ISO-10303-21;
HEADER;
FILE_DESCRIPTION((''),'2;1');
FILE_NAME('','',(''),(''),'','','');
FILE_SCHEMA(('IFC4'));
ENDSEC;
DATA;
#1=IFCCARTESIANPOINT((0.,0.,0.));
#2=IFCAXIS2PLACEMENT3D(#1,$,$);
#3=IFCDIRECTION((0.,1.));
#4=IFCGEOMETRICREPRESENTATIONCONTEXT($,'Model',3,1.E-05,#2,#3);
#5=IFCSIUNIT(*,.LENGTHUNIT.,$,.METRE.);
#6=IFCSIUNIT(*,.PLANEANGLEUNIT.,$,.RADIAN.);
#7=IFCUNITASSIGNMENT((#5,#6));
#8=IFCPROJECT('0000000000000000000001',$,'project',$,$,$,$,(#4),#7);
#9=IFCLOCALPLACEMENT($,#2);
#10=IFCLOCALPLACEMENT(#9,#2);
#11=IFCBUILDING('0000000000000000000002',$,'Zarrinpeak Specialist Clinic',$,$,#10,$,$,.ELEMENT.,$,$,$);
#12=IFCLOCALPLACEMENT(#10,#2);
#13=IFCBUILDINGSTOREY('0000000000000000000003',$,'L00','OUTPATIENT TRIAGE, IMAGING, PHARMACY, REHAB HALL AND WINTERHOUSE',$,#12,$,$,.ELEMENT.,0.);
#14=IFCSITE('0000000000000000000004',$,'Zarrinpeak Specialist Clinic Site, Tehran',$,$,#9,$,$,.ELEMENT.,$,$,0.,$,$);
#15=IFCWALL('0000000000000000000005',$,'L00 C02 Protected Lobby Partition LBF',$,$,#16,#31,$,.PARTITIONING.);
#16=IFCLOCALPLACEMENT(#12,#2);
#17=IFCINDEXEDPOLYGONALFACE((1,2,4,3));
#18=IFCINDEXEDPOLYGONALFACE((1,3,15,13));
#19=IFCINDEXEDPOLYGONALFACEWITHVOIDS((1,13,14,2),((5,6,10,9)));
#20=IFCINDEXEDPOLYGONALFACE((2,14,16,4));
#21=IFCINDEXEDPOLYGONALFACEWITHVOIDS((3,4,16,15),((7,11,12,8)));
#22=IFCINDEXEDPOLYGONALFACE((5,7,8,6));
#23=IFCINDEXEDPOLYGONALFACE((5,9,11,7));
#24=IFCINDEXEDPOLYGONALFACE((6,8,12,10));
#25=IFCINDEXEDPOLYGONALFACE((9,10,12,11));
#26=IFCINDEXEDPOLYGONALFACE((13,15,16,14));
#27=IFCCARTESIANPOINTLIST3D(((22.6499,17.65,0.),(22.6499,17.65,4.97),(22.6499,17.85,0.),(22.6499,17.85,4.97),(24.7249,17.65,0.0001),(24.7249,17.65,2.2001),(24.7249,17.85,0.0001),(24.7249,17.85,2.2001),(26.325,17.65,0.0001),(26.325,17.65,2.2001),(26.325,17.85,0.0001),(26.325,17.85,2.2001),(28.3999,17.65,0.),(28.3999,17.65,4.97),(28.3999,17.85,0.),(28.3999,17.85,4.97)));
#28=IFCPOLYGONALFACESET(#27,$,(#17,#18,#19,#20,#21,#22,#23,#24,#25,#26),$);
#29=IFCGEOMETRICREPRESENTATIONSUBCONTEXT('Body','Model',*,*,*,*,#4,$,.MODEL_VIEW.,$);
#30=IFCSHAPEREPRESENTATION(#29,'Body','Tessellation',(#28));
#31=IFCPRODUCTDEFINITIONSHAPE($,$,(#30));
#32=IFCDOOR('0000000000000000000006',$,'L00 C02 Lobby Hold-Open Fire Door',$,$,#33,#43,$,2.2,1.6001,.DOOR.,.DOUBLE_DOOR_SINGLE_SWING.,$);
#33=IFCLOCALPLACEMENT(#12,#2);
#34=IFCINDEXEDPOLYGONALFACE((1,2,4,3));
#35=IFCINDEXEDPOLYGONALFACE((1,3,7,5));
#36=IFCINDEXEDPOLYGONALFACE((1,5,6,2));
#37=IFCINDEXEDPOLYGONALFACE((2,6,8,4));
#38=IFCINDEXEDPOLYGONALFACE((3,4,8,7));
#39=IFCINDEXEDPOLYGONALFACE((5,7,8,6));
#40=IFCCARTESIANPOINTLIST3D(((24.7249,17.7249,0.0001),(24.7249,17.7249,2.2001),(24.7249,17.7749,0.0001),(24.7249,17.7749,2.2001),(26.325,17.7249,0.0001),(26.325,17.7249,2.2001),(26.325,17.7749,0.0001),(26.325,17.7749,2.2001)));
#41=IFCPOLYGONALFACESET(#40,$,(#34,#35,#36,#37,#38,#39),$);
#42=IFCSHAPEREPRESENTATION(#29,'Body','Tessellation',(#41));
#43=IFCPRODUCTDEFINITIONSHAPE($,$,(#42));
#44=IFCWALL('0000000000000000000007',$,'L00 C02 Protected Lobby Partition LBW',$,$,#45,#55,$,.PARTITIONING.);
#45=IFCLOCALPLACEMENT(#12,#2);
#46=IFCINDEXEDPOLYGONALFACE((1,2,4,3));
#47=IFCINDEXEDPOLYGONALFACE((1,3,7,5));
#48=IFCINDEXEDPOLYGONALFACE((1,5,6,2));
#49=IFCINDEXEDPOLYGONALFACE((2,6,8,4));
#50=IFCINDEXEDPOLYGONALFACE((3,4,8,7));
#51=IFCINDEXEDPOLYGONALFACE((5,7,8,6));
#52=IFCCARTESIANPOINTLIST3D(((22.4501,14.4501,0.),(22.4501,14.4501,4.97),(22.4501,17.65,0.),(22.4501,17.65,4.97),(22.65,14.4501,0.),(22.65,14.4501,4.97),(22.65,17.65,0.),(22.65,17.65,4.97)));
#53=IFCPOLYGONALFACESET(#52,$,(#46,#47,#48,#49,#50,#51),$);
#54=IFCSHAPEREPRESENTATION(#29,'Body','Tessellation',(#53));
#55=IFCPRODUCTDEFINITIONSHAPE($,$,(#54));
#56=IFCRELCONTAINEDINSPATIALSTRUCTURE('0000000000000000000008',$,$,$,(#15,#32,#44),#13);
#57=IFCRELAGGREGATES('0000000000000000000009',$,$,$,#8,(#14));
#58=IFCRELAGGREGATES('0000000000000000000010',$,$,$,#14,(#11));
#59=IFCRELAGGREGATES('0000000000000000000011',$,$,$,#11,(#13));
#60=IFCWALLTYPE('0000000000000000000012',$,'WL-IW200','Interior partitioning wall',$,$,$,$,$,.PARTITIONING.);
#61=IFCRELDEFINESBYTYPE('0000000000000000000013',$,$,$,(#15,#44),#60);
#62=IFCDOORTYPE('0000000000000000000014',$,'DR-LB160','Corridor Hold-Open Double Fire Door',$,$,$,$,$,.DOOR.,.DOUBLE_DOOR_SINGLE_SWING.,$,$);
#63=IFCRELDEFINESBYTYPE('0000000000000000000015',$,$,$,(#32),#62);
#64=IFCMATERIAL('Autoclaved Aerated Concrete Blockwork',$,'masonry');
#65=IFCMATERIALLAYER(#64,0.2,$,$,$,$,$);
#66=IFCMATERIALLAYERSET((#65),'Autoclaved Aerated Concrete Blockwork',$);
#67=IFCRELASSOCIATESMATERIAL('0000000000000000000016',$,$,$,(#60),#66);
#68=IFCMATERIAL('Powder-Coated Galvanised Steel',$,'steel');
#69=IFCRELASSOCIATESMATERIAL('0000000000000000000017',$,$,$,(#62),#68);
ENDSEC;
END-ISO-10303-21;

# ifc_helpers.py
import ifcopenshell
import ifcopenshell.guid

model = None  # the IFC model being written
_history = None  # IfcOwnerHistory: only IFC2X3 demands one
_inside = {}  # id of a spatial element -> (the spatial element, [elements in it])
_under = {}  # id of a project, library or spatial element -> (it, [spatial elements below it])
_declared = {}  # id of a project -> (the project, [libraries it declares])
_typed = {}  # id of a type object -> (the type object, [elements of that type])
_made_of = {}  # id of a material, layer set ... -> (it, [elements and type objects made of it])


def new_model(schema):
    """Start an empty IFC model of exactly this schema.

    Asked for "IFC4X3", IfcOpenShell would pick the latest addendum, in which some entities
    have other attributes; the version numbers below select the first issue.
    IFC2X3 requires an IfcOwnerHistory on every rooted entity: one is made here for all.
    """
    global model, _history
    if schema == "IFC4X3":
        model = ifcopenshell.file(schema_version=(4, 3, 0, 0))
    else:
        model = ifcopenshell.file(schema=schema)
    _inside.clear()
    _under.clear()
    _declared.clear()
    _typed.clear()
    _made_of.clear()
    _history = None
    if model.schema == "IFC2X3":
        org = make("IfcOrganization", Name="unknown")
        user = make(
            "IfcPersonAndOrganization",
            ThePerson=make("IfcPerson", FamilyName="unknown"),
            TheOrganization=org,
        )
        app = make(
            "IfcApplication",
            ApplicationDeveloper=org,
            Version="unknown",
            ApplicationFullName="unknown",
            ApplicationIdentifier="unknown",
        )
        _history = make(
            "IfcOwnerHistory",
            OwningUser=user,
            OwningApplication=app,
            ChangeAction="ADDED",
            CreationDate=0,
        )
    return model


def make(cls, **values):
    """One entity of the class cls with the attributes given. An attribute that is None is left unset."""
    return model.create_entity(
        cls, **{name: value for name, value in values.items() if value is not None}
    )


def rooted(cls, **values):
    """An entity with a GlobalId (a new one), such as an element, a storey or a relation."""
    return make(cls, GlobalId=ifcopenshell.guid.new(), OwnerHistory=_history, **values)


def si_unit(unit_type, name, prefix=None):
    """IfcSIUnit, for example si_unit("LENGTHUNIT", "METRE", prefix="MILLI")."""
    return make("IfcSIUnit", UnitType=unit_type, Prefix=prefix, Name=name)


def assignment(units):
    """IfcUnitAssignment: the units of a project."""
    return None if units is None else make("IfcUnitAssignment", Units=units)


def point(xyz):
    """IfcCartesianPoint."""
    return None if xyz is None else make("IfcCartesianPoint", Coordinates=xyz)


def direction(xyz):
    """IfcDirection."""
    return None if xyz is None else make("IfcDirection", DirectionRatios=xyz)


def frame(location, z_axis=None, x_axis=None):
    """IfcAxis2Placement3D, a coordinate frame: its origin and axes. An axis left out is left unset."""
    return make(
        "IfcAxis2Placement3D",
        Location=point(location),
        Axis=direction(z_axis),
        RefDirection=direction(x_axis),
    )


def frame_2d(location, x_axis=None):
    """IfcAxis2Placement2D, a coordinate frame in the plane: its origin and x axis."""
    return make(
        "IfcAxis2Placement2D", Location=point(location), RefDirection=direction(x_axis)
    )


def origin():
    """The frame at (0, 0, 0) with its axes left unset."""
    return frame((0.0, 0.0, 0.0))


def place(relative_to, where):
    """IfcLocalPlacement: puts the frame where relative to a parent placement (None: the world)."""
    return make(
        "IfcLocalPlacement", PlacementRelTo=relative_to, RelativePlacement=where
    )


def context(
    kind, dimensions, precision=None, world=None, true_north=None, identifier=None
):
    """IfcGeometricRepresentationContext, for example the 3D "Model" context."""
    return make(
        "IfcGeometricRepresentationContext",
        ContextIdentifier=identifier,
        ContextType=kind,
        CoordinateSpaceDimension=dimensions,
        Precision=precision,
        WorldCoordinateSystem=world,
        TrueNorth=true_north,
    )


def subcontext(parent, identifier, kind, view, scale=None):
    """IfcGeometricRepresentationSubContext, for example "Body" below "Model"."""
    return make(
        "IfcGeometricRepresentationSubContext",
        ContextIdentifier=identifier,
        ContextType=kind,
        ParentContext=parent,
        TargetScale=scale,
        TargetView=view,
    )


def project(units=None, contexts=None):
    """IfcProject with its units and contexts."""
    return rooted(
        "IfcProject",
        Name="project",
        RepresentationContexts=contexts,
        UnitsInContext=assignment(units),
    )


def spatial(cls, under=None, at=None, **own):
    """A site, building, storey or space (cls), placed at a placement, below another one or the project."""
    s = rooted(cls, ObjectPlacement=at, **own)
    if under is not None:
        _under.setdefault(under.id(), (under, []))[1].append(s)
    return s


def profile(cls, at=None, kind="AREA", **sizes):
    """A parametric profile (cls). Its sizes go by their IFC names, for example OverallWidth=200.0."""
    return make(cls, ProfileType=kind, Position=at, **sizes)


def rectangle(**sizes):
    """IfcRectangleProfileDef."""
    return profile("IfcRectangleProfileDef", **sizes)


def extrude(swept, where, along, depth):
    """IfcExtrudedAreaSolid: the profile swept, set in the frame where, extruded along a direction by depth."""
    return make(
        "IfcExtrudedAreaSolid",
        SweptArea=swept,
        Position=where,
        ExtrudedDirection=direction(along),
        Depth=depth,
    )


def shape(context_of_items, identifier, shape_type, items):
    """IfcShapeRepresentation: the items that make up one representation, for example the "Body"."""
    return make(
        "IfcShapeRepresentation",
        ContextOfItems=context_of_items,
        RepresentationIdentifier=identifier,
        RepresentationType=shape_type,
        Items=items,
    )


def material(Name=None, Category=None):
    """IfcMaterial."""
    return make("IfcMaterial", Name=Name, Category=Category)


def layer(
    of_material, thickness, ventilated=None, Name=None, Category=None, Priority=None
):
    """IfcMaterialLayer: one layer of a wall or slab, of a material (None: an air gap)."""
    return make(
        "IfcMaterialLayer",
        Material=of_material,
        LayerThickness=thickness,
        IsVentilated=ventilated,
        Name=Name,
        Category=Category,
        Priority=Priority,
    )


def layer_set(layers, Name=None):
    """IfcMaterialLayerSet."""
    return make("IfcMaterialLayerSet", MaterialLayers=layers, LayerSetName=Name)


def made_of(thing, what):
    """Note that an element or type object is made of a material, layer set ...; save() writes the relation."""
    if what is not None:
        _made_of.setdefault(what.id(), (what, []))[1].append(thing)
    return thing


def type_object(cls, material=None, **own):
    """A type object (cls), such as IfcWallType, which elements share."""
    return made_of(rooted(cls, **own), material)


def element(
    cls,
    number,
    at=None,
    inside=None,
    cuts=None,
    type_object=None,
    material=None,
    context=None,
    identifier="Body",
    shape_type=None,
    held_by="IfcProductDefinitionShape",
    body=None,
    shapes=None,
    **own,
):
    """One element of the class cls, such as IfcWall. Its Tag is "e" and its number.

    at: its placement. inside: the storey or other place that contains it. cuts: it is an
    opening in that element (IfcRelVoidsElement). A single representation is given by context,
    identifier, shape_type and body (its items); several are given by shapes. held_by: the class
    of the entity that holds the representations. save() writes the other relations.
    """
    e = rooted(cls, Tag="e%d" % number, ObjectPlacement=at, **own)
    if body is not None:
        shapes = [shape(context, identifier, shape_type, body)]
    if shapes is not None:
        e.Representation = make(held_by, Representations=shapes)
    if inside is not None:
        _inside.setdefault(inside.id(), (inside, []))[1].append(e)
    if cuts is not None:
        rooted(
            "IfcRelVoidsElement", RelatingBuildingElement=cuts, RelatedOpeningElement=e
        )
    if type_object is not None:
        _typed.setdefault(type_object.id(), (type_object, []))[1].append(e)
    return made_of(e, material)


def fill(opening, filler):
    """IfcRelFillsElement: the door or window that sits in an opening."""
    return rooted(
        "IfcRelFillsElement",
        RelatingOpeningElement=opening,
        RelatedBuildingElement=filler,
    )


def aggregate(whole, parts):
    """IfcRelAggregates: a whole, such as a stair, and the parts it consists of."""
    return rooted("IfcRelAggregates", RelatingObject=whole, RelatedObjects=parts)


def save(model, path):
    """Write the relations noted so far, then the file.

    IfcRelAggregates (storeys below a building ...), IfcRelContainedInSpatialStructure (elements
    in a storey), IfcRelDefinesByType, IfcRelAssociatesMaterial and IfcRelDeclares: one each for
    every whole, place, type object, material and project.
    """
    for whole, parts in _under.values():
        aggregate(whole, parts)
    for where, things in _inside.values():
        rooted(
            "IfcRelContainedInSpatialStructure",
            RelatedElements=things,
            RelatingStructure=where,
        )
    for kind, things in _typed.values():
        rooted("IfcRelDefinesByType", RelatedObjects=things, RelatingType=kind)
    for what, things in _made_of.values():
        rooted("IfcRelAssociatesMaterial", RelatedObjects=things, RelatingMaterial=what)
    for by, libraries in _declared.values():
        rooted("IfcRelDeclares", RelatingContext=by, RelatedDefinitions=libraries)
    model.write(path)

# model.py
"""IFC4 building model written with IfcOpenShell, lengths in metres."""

from ifc_helpers import new_model, si_unit, direction, frame, frame_2d, origin, place, context, subcontext, project, spatial, rectangle, extrude, material, layer, layer_set, type_object, element, fill, save


model = new_model("IFC4")

# Units and contexts
model_context = context("Model", 3, precision=1e-05, world=origin(), true_north=direction((0.0, 1.0)))
body_context = subcontext(model_context, "Body", "Model", "MODEL_VIEW")
ifc_project = project(units=[si_unit("LENGTHUNIT", "METRE"), si_unit("PLANEANGLEUNIT", "RADIAN")], contexts=[model_context])

# Site, building, storey
site_placement = place(None, origin())
site = spatial("IfcSite", under=ifc_project, at=site_placement, Name="Zarrinpeak Specialist Clinic Site, Tehran", CompositionType="ELEMENT", RefElevation=0.0)
building_placement = place(site_placement, origin())
building = spatial("IfcBuilding", under=site, at=building_placement, Name="Zarrinpeak Specialist Clinic", CompositionType="ELEMENT")
storey_placement = place(building_placement, origin())
storey = spatial("IfcBuildingStorey", under=building, at=storey_placement, Name="L00", Description="OUTPATIENT TRIAGE, IMAGING, PHARMACY, REHAB HALL AND WINTERHOUSE", CompositionType="ELEMENT", Elevation=0.0)

# Wall, opening, door
ifc_material_1 = material(Name="Autoclaved Aerated Concrete Blockwork", Category="masonry")
ifc_layer_1 = layer(ifc_material_1, 0.2)
ifc_layer_set_1 = layer_set([ifc_layer_1], Name="Autoclaved Aerated Concrete Blockwork")
wall_type_1 = type_object("IfcWallType", Name="WL-IW200", Description="Interior partitioning wall", PredefinedType="PARTITIONING", material=ifc_layer_set_1)
wall_1_placement = place(storey_placement, frame((22.6499, 17.75, 0.0), z_axis=(0.0, 0.0, 1.0), x_axis=(1.0, 0.0, 0.0)))
wall_1 = element("IfcWall", 1, at=wall_1_placement, inside=storey, type_object=wall_type_1, Name="L00 C02 Protected Lobby Partition LBF", PredefinedType="PARTITIONING", context=body_context, shape_type="SweptSolid", body=[
    extrude(rectangle(XDim=5.75, YDim=0.2, at=frame_2d((2.875, 0.0))), origin(), (0.0, 0.0, 1.0), 4.97),
])
opening_1_placement = place(wall_1_placement, frame((2.075, 0.0, 0.0)))
opening_1 = element("IfcOpeningElement", 2, at=opening_1_placement, cuts=wall_1, PredefinedType="OPENING", context=body_context, shape_type="SweptSolid", body=[
    extrude(rectangle(XDim=1.6001, YDim=2.2, at=frame_2d((0.8, 1.1001))), frame((0.0, 0.1099, 0.0), z_axis=(0.0, -1.0, 0.0), x_axis=(1.0, 0.0, 0.0)), (0.0, 0.0, 1.0), 0.22),
])
ifc_material_2 = material(Name="Powder-Coated Galvanised Steel", Category="steel")
door_type = type_object("IfcDoorType", Name="DR-LB160", Description="Corridor Hold-Open Double Fire Door", OperationType="DOUBLE_DOOR_SINGLE_SWING", PredefinedType="DOOR", material=ifc_material_2)
door_placement = place(opening_1_placement, origin())
door = element("IfcDoor", 3, at=door_placement, inside=storey, type_object=door_type, Name="L00 C02 Lobby Hold-Open Fire Door", OperationType="DOUBLE_DOOR_SINGLE_SWING", OverallHeight=2.2, OverallWidth=1.6001, PredefinedType="DOOR", context=body_context, shape_type="SweptSolid", body=[
    extrude(rectangle(XDim=1.6001, YDim=2.2, at=frame_2d((0.8, 1.1001))), frame((0.0, 0.0249, 0.0), z_axis=(0.0, -1.0, 0.0), x_axis=(1.0, 0.0, 0.0)), (0.0, 0.0, 1.0), 0.05),
])
fill(opening_1, door)

# Wall
wall_2_placement = place(storey_placement, frame((22.55, 14.45, 0.0), z_axis=(0.0, 0.0, 1.0), x_axis=(0.0, 1.0, 0.0)))
element("IfcWall", 4, at=wall_2_placement, inside=storey, type_object=wall_type_1, Name="L00 C02 Protected Lobby Partition LBW", PredefinedType="PARTITIONING", context=body_context, shape_type="SweptSolid", body=[
    extrude(rectangle(XDim=3.2, YDim=0.2, at=frame_2d((1.6001, 0.0))), origin(), (0.0, 0.0, 1.0), 4.97),
])

save(model, "model.ifc")
